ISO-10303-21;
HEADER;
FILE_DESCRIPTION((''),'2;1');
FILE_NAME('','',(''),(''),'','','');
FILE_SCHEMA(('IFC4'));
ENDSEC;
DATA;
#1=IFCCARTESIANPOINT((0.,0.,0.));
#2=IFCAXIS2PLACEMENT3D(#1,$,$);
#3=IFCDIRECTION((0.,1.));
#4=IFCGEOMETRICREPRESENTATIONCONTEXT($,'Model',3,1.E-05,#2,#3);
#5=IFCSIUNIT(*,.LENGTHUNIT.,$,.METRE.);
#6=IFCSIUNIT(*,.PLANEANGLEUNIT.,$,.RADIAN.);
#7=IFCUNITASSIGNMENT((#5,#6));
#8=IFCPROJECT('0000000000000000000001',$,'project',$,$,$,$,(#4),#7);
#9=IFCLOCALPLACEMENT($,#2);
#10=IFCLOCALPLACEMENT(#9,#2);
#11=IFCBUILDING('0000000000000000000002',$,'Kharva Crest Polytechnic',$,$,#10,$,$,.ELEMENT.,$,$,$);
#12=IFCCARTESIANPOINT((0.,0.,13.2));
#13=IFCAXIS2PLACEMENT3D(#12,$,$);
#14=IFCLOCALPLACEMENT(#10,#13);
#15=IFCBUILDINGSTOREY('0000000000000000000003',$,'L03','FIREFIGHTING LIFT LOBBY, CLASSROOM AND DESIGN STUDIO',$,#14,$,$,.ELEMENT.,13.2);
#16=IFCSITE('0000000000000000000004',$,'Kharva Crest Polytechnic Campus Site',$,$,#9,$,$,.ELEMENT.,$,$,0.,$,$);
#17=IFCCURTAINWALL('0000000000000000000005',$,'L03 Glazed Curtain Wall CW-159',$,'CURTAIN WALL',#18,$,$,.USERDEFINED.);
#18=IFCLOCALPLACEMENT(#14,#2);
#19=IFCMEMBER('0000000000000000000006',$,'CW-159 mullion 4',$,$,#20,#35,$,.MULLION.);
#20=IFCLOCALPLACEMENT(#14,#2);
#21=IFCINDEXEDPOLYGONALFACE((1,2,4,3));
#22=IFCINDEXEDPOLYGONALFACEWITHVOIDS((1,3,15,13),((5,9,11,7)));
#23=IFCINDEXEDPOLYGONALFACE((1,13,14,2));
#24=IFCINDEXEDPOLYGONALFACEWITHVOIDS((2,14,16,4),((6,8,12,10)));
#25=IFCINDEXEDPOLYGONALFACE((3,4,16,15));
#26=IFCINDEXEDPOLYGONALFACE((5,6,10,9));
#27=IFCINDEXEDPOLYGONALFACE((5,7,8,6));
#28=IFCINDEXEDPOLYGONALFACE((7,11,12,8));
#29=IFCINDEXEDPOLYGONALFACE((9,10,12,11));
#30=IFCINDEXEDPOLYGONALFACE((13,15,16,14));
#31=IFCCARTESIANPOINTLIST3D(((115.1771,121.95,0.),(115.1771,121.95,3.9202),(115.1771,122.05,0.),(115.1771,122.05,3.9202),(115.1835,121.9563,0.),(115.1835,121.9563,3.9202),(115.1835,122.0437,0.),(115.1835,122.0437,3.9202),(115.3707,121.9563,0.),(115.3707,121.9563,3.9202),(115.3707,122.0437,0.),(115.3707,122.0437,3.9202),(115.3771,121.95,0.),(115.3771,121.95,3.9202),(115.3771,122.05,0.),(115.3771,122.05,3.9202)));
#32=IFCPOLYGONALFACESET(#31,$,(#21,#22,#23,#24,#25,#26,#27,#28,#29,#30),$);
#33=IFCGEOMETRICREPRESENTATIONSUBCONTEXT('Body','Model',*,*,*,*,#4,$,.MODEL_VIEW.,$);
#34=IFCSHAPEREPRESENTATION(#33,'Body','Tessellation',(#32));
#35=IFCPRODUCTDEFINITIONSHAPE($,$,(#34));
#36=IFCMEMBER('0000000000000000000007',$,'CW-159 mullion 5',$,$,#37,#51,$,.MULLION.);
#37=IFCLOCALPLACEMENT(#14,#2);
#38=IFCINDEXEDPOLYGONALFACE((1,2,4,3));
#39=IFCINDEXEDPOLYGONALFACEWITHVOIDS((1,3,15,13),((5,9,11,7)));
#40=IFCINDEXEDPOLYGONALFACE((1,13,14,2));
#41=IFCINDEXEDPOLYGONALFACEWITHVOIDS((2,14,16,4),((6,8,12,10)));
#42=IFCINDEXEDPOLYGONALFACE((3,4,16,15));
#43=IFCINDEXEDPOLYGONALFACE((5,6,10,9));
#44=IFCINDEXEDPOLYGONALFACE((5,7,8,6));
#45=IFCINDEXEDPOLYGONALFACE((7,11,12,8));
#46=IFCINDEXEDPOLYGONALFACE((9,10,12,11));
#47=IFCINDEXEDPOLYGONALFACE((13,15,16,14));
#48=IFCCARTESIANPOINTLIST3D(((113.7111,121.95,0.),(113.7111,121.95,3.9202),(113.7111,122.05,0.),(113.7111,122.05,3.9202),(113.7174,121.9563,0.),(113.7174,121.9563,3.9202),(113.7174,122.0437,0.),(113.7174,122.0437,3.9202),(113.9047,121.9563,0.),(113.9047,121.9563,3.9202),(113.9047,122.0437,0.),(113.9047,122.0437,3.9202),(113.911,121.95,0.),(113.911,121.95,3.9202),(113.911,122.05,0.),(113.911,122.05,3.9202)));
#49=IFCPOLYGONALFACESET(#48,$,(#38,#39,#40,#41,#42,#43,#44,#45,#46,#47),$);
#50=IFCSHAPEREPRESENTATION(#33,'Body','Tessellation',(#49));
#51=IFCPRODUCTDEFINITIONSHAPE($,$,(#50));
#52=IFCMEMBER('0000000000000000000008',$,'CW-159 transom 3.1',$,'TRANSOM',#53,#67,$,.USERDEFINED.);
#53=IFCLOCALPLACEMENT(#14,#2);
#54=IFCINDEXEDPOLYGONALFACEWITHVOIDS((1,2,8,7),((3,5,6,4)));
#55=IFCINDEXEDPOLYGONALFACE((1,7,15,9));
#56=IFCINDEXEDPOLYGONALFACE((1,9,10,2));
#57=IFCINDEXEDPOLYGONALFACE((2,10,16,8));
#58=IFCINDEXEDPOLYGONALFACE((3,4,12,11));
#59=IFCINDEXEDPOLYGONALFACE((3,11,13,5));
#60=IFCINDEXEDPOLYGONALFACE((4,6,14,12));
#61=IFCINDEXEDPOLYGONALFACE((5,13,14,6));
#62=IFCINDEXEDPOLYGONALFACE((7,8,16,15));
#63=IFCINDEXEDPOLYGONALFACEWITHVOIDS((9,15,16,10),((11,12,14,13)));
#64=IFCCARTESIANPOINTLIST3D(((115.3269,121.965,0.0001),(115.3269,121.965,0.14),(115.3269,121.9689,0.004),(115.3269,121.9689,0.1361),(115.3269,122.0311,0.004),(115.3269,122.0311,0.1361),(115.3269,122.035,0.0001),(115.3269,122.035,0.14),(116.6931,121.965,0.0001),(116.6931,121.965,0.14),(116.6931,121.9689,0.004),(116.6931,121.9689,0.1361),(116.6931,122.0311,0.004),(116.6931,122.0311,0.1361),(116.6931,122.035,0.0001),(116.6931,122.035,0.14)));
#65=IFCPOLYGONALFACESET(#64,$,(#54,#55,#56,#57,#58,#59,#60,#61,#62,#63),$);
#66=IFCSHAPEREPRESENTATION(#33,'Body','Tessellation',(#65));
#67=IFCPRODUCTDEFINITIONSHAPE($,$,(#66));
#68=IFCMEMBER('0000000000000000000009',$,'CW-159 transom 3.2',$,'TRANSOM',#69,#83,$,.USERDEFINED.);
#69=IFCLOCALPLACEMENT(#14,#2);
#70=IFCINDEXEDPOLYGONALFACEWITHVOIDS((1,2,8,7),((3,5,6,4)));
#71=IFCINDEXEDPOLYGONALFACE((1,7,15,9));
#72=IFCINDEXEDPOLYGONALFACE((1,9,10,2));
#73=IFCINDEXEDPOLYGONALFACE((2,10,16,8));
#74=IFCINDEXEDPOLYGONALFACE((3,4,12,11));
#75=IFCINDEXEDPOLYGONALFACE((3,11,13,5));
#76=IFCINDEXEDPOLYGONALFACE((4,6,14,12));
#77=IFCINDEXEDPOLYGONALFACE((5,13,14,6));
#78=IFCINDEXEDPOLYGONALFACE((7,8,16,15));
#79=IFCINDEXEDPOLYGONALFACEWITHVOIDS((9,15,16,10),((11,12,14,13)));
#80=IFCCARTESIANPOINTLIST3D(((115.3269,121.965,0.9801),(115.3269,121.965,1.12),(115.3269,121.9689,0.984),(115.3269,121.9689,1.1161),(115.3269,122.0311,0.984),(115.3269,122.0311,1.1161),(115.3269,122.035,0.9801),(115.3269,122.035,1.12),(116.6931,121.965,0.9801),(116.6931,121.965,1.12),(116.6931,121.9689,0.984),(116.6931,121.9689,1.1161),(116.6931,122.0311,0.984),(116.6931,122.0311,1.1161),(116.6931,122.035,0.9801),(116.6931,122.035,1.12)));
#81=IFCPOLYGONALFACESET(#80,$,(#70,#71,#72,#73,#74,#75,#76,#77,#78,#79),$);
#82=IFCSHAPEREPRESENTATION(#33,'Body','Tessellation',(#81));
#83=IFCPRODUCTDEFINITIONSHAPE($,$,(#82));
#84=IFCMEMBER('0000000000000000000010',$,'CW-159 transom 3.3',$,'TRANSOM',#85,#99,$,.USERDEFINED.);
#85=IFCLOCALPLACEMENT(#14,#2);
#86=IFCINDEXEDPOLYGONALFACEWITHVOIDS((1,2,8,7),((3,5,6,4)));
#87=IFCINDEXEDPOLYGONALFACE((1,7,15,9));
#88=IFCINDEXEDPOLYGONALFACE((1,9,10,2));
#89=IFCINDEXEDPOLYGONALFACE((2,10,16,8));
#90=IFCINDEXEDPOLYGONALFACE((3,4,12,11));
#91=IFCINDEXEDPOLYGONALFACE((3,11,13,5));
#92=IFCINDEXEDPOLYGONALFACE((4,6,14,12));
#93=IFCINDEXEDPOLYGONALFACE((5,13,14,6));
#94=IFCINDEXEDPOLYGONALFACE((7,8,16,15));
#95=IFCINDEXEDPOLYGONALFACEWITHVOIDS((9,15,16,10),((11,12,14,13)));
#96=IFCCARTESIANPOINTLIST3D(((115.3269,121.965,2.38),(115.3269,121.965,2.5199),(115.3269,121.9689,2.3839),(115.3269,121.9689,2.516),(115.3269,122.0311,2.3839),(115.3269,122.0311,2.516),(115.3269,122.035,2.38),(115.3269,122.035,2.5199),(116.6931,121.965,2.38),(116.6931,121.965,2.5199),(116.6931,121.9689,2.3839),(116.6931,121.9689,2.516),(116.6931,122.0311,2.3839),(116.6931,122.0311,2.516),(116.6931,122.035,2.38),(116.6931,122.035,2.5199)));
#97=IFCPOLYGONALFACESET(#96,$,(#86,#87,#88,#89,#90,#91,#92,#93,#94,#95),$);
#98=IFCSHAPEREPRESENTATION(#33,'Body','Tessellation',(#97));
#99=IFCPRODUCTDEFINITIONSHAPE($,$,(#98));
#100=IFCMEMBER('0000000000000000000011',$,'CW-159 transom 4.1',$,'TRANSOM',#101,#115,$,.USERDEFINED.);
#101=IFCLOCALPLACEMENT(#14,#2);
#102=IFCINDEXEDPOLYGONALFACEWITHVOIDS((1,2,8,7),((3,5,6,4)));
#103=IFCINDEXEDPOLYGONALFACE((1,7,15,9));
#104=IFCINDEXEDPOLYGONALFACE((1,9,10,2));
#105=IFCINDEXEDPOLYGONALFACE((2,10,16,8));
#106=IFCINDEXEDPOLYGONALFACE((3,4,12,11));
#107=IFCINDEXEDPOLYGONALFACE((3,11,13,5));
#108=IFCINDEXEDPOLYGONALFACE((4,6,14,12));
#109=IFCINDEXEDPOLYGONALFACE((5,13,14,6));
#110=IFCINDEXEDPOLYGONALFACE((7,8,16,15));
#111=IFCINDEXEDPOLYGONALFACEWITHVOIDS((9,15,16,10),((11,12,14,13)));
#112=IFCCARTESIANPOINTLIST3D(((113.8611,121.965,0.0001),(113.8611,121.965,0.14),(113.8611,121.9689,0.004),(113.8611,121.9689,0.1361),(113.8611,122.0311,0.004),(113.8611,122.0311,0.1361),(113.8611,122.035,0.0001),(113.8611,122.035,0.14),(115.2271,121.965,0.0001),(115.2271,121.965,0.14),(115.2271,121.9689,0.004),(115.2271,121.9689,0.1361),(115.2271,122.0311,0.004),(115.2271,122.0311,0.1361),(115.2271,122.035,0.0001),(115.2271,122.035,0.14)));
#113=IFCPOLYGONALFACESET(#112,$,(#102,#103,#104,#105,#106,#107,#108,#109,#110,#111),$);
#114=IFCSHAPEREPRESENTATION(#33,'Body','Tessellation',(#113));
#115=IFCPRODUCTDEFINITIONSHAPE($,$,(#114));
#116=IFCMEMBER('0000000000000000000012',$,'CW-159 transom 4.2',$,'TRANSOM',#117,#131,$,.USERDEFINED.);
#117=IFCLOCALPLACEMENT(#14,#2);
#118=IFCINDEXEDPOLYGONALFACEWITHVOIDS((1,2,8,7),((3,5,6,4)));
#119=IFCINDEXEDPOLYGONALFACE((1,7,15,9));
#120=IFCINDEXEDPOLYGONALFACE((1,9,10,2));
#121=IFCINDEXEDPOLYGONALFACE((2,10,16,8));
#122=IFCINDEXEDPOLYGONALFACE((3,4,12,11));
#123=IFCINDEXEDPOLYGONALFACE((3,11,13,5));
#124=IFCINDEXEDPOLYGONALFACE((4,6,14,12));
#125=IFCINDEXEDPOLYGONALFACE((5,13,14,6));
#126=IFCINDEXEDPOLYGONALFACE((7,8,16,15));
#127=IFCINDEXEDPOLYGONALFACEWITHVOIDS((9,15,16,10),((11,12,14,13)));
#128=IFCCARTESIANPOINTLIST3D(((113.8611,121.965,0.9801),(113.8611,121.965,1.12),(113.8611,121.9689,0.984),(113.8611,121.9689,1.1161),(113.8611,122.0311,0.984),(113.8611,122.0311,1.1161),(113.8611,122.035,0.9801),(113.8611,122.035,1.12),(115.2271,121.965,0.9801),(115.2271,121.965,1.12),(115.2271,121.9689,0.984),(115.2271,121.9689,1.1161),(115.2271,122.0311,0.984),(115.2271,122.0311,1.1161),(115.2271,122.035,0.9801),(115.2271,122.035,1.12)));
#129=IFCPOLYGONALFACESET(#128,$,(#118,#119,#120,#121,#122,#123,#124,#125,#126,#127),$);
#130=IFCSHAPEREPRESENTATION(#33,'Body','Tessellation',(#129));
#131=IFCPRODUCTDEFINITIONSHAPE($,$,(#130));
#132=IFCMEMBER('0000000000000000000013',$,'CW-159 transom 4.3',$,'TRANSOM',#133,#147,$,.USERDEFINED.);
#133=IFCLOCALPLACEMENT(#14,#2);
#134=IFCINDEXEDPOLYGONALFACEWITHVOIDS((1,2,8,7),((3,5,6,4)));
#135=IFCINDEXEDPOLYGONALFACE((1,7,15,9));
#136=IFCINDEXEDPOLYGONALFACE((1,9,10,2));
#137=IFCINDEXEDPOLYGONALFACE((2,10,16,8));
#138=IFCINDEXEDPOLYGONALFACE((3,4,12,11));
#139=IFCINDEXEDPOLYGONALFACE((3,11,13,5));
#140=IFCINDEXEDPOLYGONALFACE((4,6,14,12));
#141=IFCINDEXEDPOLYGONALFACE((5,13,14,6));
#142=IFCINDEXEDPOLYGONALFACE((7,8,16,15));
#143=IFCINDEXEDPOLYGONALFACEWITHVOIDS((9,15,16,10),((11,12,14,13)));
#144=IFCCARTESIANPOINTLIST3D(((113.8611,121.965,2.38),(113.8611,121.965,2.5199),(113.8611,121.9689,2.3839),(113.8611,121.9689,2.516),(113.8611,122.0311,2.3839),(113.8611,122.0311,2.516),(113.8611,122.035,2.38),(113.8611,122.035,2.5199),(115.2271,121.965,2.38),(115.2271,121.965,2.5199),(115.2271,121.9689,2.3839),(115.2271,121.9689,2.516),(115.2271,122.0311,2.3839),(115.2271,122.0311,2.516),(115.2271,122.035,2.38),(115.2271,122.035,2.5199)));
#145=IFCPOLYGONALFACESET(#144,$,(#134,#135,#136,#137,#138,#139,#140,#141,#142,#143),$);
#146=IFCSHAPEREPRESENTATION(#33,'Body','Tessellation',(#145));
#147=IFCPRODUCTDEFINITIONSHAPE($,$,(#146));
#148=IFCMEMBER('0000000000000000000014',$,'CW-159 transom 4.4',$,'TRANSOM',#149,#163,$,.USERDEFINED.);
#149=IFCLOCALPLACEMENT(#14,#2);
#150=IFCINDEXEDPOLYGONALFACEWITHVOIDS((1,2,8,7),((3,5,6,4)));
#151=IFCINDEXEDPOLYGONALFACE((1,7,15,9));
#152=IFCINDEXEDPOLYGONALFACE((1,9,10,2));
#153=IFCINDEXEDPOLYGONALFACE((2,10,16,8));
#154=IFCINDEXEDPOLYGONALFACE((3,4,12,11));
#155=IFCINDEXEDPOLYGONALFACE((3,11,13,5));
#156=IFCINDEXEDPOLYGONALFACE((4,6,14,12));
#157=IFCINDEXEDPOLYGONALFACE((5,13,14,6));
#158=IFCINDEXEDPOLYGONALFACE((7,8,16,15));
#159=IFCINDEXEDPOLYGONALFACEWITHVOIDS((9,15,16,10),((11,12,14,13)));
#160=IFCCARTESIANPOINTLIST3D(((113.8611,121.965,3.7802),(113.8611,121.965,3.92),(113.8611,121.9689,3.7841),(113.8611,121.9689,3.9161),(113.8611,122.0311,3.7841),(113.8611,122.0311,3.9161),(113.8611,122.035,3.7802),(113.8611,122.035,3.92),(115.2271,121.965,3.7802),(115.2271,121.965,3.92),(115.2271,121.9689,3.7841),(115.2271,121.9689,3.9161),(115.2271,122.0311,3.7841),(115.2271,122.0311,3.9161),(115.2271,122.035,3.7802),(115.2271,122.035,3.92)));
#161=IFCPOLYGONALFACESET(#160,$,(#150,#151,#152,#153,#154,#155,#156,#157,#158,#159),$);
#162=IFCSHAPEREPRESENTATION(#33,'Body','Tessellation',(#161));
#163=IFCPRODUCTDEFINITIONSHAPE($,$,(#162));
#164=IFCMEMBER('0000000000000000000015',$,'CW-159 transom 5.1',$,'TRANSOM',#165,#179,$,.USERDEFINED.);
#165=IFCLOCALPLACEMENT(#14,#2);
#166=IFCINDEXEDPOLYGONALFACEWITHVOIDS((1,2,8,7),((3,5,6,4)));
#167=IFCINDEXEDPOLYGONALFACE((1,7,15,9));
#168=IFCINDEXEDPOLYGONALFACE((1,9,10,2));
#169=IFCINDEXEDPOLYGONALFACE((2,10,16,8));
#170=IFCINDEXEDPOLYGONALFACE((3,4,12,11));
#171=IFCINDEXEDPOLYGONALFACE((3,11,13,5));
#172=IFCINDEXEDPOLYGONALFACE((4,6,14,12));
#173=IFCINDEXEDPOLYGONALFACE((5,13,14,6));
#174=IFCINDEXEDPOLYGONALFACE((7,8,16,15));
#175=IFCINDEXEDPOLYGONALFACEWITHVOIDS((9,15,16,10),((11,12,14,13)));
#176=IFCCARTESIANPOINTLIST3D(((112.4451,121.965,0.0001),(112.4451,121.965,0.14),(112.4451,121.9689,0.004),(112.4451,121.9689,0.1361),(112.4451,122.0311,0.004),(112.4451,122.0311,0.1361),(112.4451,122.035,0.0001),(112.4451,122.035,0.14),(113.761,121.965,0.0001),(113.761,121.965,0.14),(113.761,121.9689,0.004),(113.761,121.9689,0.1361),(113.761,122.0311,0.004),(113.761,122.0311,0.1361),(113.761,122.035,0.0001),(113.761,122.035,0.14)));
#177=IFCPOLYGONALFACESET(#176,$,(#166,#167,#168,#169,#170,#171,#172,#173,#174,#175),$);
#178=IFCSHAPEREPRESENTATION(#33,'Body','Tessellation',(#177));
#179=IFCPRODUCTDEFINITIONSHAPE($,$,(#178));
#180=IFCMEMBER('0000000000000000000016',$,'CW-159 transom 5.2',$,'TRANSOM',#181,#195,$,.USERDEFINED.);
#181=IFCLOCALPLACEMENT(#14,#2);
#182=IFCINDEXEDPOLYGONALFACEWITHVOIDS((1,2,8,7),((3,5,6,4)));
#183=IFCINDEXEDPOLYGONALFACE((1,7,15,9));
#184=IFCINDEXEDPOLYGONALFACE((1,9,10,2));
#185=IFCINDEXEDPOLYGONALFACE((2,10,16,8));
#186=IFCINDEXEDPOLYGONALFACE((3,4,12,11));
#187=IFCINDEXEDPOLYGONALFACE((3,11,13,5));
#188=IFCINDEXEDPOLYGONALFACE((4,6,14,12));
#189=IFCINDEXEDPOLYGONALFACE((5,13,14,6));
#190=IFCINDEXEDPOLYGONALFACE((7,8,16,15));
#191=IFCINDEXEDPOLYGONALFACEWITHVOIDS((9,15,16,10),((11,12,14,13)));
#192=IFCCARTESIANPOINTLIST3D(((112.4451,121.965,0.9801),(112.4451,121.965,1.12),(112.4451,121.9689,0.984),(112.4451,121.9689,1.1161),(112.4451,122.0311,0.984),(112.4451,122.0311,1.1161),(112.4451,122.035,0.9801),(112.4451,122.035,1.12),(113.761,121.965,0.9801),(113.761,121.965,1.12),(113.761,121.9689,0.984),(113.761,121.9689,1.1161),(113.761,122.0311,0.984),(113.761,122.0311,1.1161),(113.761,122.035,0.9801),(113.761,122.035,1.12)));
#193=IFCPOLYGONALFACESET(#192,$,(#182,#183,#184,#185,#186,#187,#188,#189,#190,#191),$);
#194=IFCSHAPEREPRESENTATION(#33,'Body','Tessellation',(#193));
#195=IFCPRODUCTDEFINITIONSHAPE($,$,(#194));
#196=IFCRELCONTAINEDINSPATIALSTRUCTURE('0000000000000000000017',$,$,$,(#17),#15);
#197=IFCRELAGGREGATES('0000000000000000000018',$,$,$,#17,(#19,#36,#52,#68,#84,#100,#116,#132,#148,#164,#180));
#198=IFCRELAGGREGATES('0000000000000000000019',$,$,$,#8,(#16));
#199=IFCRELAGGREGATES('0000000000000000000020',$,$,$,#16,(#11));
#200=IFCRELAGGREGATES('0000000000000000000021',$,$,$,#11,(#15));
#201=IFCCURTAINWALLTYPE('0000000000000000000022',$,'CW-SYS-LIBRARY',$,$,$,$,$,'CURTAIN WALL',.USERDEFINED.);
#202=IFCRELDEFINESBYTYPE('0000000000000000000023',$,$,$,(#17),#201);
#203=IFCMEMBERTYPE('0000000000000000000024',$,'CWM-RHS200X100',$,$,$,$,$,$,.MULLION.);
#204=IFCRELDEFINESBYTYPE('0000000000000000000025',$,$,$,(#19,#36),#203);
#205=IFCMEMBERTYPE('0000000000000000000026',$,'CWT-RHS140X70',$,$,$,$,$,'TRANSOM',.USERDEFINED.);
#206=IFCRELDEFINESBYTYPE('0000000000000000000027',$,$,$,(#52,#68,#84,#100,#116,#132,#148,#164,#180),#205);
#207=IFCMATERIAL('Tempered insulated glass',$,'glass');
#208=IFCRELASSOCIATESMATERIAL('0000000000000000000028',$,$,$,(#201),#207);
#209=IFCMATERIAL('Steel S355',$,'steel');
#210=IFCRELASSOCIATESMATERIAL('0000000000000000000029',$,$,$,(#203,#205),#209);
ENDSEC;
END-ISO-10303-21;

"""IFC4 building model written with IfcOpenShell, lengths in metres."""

from ifc_helpers import new_model, si_unit, direction, frame, origin, origin_2d, place, context, subcontext, project, spatial, hollow_rectangle, extrude, material, material_profile, profile_set, type_object, element, aggregate, save


model = new_model("IFC4")

# Units and contexts
model_context = context("Model", 3, precision=1e-05, world=origin(), true_north=direction((0.0, 1.0)))
body_context = subcontext(model_context, "Body", "Model", "MODEL_VIEW")
ifc_project = project(units=[si_unit("LENGTHUNIT", "METRE"), si_unit("PLANEANGLEUNIT", "RADIAN")], contexts=[model_context])

# Site, building, storey
site_placement = place(None, origin())
site = spatial("IfcSite", under=ifc_project, at=site_placement, Name="Kharva Crest Polytechnic Campus Site", CompositionType="ELEMENT", RefElevation=0.0)
building_placement = place(site_placement, origin())
building = spatial("IfcBuilding", under=site, at=building_placement, Name="Kharva Crest Polytechnic", CompositionType="ELEMENT")
storey_placement = place(building_placement, frame((0.0, 0.0, 13.2)))
storey = spatial("IfcBuildingStorey", under=building, at=storey_placement, Name="L03", Description="FIREFIGHTING LIFT LOBBY, CLASSROOM AND DESIGN STUDIO", CompositionType="ELEMENT", Elevation=13.2)

# Curtain wall, members
ifc_material_1 = material(Name="Tempered insulated glass", Category="glass")
curtain_wall_type = type_object("IfcCurtainWallType", Name="CW-SYS-LIBRARY", ElementType="CURTAIN WALL", PredefinedType="USERDEFINED", material=ifc_material_1)
curtain_wall_placement = place(storey_placement, origin())
curtain_wall = element("IfcCurtainWall", 1, at=curtain_wall_placement, inside=storey, type_object=curtain_wall_type, Name="L03 Glazed Curtain Wall CW-159", ObjectType="CURTAIN WALL", PredefinedType="USERDEFINED")
ifc_material_2 = material(Name="Steel S355", Category="steel")
ifc_material_profile_1 = material_profile(ifc_material_2, hollow_rectangle(XDim=0.1001, YDim=0.2, WallThickness=0.0063, at=origin_2d()), Name="RHS 200X100X6.3")
ifc_profile_set_1 = profile_set([ifc_material_profile_1], Name="Steel S355")
member_type_1 = type_object("IfcMemberType", Name="CWM-RHS200X100", PredefinedType="MULLION", material=ifc_profile_set_1)
member_1_placement = place(storey_placement, frame((115.2771, 122.0, 0.0), z_axis=(0.0, 0.0, 1.0), x_axis=(0.0, -1.0, 0.0)))
member_1 = element("IfcMember", 2, at=member_1_placement, type_object=member_type_1, Name="CW-159 mullion 4", PredefinedType="MULLION", context=body_context, shape_type="SweptSolid", body=[
    extrude(hollow_rectangle(XDim=0.1001, YDim=0.2, WallThickness=0.0063, at=origin_2d()), origin(), (0.0, 0.0, 1.0), 3.9202),
])
member_2_placement = place(storey_placement, frame((113.811, 122.0, 0.0), z_axis=(0.0, 0.0, 1.0), x_axis=(0.0, -1.0, 0.0)))
member_2 = element("IfcMember", 3, at=member_2_placement, type_object=member_type_1, Name="CW-159 mullion 5", PredefinedType="MULLION", context=body_context, shape_type="SweptSolid", body=[
    extrude(hollow_rectangle(XDim=0.1001, YDim=0.2, WallThickness=0.0063, at=origin_2d()), origin(), (0.0, 0.0, 1.0), 3.9202),
])
ifc_material_profile_2 = material_profile(ifc_material_2, hollow_rectangle(XDim=0.0701, YDim=0.1399, WallThickness=0.0039, at=origin_2d()), Name="RHS 140X70X4.0")
ifc_profile_set_2 = profile_set([ifc_material_profile_2], Name="Steel S355")
member_type_2 = type_object("IfcMemberType", Name="CWT-RHS140X70", ElementType="TRANSOM", PredefinedType="USERDEFINED", material=ifc_profile_set_2)
member_3_placement = place(storey_placement, frame((116.6931, 122.0, 0.0701), z_axis=(-1.0, 0.0, 0.0), x_axis=(0.0, -1.0, 0.0)))
member_3 = element("IfcMember", 4, at=member_3_placement, type_object=member_type_2, Name="CW-159 transom 3.1", ObjectType="TRANSOM", PredefinedType="USERDEFINED", context=body_context, shape_type="SweptSolid", body=[
    extrude(hollow_rectangle(XDim=0.0701, YDim=0.1399, WallThickness=0.0039, at=origin_2d()), origin(), (0.0, 0.0, 1.0), 1.3662),
])
member_4_placement = place(storey_placement, frame((116.6931, 122.0, 1.05), z_axis=(-1.0, 0.0, 0.0), x_axis=(0.0, -1.0, 0.0)))
member_4 = element("IfcMember", 5, at=member_4_placement, type_object=member_type_2, Name="CW-159 transom 3.2", ObjectType="TRANSOM", PredefinedType="USERDEFINED", context=body_context, shape_type="SweptSolid", body=[
    extrude(hollow_rectangle(XDim=0.0701, YDim=0.1399, WallThickness=0.0039, at=origin_2d()), origin(), (0.0, 0.0, 1.0), 1.3662),
])
member_5_placement = place(storey_placement, frame((116.6931, 122.0, 2.45), z_axis=(-1.0, 0.0, 0.0), x_axis=(0.0, -1.0, 0.0)))
member_5 = element("IfcMember", 6, at=member_5_placement, type_object=member_type_2, Name="CW-159 transom 3.3", ObjectType="TRANSOM", PredefinedType="USERDEFINED", context=body_context, shape_type="SweptSolid", body=[
    extrude(hollow_rectangle(XDim=0.0701, YDim=0.1399, WallThickness=0.0039, at=origin_2d()), origin(), (0.0, 0.0, 1.0), 1.3662),
])
member_6_placement = place(storey_placement, frame((115.2271, 122.0, 0.0701), z_axis=(-1.0, 0.0, 0.0), x_axis=(0.0, -1.0, 0.0)))
member_6 = element("IfcMember", 7, at=member_6_placement, type_object=member_type_2, Name="CW-159 transom 4.1", ObjectType="TRANSOM", PredefinedType="USERDEFINED", context=body_context, shape_type="SweptSolid", body=[
    extrude(hollow_rectangle(XDim=0.0701, YDim=0.1399, WallThickness=0.0039, at=origin_2d()), origin(), (0.0, 0.0, 1.0), 1.366),
])
member_7_placement = place(storey_placement, frame((115.2271, 122.0, 1.05), z_axis=(-1.0, 0.0, 0.0), x_axis=(0.0, -1.0, 0.0)))
member_7 = element("IfcMember", 8, at=member_7_placement, type_object=member_type_2, Name="CW-159 transom 4.2", ObjectType="TRANSOM", PredefinedType="USERDEFINED", context=body_context, shape_type="SweptSolid", body=[
    extrude(hollow_rectangle(XDim=0.0701, YDim=0.1399, WallThickness=0.0039, at=origin_2d()), origin(), (0.0, 0.0, 1.0), 1.366),
])
member_8_placement = place(storey_placement, frame((115.2271, 122.0, 2.45), z_axis=(-1.0, 0.0, 0.0), x_axis=(0.0, -1.0, 0.0)))
member_8 = element("IfcMember", 9, at=member_8_placement, type_object=member_type_2, Name="CW-159 transom 4.3", ObjectType="TRANSOM", PredefinedType="USERDEFINED", context=body_context, shape_type="SweptSolid", body=[
    extrude(hollow_rectangle(XDim=0.0701, YDim=0.1399, WallThickness=0.0039, at=origin_2d()), origin(), (0.0, 0.0, 1.0), 1.366),
])
member_9_placement = place(storey_placement, frame((115.2271, 122.0, 3.8501), z_axis=(-1.0, 0.0, 0.0), x_axis=(0.0, -1.0, 0.0)))
member_9 = element("IfcMember", 10, at=member_9_placement, type_object=member_type_2, Name="CW-159 transom 4.4", ObjectType="TRANSOM", PredefinedType="USERDEFINED", context=body_context, shape_type="SweptSolid", body=[
    extrude(hollow_rectangle(XDim=0.0701, YDim=0.1399, WallThickness=0.0039, at=origin_2d()), origin(), (0.0, 0.0, 1.0), 1.366),
])
member_10_placement = place(storey_placement, frame((113.761, 122.0, 0.0701), z_axis=(-1.0, 0.0, 0.0), x_axis=(0.0, -1.0, 0.0)))
member_10 = element("IfcMember", 11, at=member_10_placement, type_object=member_type_2, Name="CW-159 transom 5.1", ObjectType="TRANSOM", PredefinedType="USERDEFINED", context=body_context, shape_type="SweptSolid", body=[
    extrude(hollow_rectangle(XDim=0.0701, YDim=0.1399, WallThickness=0.0039, at=origin_2d()), origin(), (0.0, 0.0, 1.0), 1.3159),
])
member_11_placement = place(storey_placement, frame((113.761, 122.0, 1.05), z_axis=(-1.0, 0.0, 0.0), x_axis=(0.0, -1.0, 0.0)))
member_11 = element("IfcMember", 12, at=member_11_placement, type_object=member_type_2, Name="CW-159 transom 5.2", ObjectType="TRANSOM", PredefinedType="USERDEFINED", context=body_context, shape_type="SweptSolid", body=[
    extrude(hollow_rectangle(XDim=0.0701, YDim=0.1399, WallThickness=0.0039, at=origin_2d()), origin(), (0.0, 0.0, 1.0), 1.3159),
])
aggregate(curtain_wall, [member_1, member_2, member_3, member_4, member_5, member_6, member_7, member_8, member_9, member_10, member_11])

save(model, "model.ifc")
